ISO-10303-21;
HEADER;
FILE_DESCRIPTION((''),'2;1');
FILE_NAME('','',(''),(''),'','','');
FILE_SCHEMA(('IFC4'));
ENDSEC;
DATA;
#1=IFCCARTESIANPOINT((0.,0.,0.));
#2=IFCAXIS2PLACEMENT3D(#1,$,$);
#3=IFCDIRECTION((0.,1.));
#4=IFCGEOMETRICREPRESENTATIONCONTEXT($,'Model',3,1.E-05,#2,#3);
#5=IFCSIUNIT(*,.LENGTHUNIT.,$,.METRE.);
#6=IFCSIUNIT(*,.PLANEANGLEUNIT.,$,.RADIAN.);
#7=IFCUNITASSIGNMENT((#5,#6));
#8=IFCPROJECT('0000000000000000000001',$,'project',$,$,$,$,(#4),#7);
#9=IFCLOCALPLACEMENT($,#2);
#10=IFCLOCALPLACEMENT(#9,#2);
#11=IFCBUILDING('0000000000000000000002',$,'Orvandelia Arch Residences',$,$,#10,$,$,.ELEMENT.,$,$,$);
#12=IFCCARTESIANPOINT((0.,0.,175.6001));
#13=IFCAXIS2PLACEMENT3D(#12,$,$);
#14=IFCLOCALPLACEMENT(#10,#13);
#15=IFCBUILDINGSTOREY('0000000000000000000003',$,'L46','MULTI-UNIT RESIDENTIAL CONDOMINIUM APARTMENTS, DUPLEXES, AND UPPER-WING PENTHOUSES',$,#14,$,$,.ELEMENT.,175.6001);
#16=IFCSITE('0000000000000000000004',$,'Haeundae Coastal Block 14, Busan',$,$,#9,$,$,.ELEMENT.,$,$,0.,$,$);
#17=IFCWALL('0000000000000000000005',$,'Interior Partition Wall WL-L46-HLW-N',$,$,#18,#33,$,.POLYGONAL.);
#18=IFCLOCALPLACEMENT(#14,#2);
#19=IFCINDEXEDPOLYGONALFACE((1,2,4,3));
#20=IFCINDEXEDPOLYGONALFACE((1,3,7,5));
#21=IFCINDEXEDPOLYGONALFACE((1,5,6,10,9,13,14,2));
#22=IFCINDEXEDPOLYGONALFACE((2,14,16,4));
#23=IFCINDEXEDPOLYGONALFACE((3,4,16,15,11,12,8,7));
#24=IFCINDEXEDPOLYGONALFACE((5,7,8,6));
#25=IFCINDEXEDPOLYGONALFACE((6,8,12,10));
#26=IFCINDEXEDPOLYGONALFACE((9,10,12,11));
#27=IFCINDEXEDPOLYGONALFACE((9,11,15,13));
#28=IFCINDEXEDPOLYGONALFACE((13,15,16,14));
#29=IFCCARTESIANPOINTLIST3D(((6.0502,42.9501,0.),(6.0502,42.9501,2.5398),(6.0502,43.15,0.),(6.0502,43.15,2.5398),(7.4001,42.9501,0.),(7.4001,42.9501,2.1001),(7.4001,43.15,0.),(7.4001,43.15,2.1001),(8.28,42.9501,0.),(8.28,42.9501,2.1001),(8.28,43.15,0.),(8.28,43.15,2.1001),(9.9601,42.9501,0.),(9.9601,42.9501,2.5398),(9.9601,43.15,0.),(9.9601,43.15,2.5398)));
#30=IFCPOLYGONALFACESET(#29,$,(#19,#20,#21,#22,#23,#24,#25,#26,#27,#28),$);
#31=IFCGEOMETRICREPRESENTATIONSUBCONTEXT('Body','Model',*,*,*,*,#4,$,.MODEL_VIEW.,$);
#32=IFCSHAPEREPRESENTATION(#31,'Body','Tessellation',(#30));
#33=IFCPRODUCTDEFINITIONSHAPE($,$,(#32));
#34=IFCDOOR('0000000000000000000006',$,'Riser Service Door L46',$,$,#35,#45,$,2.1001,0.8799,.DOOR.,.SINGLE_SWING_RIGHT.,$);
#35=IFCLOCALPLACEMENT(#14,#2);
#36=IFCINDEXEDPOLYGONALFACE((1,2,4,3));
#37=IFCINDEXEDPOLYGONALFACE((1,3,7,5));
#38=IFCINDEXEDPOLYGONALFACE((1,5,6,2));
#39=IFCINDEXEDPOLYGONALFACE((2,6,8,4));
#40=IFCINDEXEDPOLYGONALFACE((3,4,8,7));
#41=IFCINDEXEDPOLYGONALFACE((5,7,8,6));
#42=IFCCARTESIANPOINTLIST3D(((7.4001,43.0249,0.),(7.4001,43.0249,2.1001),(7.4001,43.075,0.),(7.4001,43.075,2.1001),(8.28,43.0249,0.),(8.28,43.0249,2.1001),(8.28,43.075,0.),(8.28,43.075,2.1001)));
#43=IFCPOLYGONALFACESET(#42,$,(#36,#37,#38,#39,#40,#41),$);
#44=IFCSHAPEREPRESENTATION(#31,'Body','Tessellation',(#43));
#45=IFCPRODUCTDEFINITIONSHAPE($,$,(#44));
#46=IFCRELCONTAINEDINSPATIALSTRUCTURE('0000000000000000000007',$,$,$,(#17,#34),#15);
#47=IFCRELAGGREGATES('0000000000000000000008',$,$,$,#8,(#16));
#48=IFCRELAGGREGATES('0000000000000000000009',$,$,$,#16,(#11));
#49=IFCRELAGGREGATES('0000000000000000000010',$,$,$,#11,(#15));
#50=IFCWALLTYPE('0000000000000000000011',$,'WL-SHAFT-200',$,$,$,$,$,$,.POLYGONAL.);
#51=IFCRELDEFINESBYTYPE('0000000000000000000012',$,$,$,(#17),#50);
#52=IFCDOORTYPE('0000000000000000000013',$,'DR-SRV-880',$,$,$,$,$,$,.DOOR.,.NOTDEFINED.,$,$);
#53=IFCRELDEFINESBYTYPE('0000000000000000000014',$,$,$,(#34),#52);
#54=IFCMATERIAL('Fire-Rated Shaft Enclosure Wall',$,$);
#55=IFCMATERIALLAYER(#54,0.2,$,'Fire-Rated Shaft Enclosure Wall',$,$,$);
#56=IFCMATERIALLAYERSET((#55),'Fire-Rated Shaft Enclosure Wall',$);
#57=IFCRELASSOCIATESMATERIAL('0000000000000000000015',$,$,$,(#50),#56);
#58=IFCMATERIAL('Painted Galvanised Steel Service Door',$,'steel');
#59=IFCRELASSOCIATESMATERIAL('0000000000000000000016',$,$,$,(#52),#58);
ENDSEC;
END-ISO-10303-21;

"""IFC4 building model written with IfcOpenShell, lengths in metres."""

from ifc_helpers import new_model, si_unit, direction, frame, frame_2d, origin, place, context, subcontext, project, spatial, rectangle, extrude, material, layer, layer_set, type_object, element, fill, save


model = new_model("IFC4")

# Units and contexts
model_context = context("Model", 3, precision=1e-05, world=origin(), true_north=direction((0.0, 1.0)))
body_context = subcontext(model_context, "Body", "Model", "MODEL_VIEW")
ifc_project = project(units=[si_unit("LENGTHUNIT", "METRE"), si_unit("PLANEANGLEUNIT", "RADIAN")], contexts=[model_context])

# Site, building, storey
site_placement = place(None, origin())
site = spatial("IfcSite", under=ifc_project, at=site_placement, Name="Haeundae Coastal Block 14, Busan", CompositionType="ELEMENT", RefElevation=0.0)
building_placement = place(site_placement, origin())
building = spatial("IfcBuilding", under=site, at=building_placement, Name="Orvandelia Arch Residences", CompositionType="ELEMENT")
storey_placement = place(building_placement, frame((0.0, 0.0, 175.6001)))
storey = spatial("IfcBuildingStorey", under=building, at=storey_placement, Name="L46", Description="MULTI-UNIT RESIDENTIAL CONDOMINIUM APARTMENTS, DUPLEXES, AND UPPER-WING PENTHOUSES", CompositionType="ELEMENT", Elevation=175.6001)

# Wall, opening, door
ifc_material_1 = material(Name="Fire-Rated Shaft Enclosure Wall")
ifc_layer_1 = layer(ifc_material_1, 0.2, Name="Fire-Rated Shaft Enclosure Wall")
ifc_layer_set_1 = layer_set([ifc_layer_1], Name="Fire-Rated Shaft Enclosure Wall")
wall_type_1 = type_object("IfcWallType", Name="WL-SHAFT-200", PredefinedType="POLYGONAL", material=ifc_layer_set_1)
wall_1_placement = place(storey_placement, frame((6.05, 43.05, 0.0), z_axis=(0.0, 0.0, 1.0), x_axis=(1.0, 0.0, 0.0)))
wall_1 = element("IfcWall", 1, at=wall_1_placement, inside=storey, type_object=wall_type_1, Name="Interior Partition Wall WL-L46-HLW-N", PredefinedType="POLYGONAL", context=body_context, shape_type="SweptSolid", body=[
    extrude(rectangle(XDim=3.9099, YDim=0.2, at=frame_2d((1.9551, 0.0))), origin(), (0.0, 0.0, 1.0), 2.5398),
])
opening_1_placement = place(wall_1_placement, frame((1.3501, 0.0, 0.0)))
opening_1 = element("IfcOpeningElement", 2, at=opening_1_placement, cuts=wall_1, PredefinedType="OPENING", context=body_context, shape_type="SweptSolid", body=[
    extrude(rectangle(XDim=0.8799, YDim=2.1001, at=frame_2d((0.4399, 1.05))), frame((0.0, 0.1099, 0.0), z_axis=(0.0, -1.0, 0.0), x_axis=(1.0, 0.0, 0.0)), (0.0, 0.0, 1.0), 0.22),
])
ifc_material_2 = material(Name="Painted Galvanised Steel Service Door", Category="steel")
door_type = type_object("IfcDoorType", Name="DR-SRV-880", OperationType="NOTDEFINED", PredefinedType="DOOR", material=ifc_material_2)
door_placement = place(opening_1_placement, origin())
door = element("IfcDoor", 3, at=door_placement, inside=storey, type_object=door_type, Name="Riser Service Door L46", OperationType="SINGLE_SWING_RIGHT", OverallHeight=2.1001, OverallWidth=0.8799, PredefinedType="DOOR", context=body_context, shape_type="SweptSolid", body=[
    extrude(rectangle(XDim=0.8799, YDim=2.1001, at=frame_2d((0.4399, 1.05))), frame((0.0, 0.0249, 0.0), z_axis=(0.0, -1.0, 0.0), x_axis=(1.0, 0.0, 0.0)), (0.0, 0.0, 1.0), 0.05),
])
fill(opening_1, door)

save(model, "model.ifc")
